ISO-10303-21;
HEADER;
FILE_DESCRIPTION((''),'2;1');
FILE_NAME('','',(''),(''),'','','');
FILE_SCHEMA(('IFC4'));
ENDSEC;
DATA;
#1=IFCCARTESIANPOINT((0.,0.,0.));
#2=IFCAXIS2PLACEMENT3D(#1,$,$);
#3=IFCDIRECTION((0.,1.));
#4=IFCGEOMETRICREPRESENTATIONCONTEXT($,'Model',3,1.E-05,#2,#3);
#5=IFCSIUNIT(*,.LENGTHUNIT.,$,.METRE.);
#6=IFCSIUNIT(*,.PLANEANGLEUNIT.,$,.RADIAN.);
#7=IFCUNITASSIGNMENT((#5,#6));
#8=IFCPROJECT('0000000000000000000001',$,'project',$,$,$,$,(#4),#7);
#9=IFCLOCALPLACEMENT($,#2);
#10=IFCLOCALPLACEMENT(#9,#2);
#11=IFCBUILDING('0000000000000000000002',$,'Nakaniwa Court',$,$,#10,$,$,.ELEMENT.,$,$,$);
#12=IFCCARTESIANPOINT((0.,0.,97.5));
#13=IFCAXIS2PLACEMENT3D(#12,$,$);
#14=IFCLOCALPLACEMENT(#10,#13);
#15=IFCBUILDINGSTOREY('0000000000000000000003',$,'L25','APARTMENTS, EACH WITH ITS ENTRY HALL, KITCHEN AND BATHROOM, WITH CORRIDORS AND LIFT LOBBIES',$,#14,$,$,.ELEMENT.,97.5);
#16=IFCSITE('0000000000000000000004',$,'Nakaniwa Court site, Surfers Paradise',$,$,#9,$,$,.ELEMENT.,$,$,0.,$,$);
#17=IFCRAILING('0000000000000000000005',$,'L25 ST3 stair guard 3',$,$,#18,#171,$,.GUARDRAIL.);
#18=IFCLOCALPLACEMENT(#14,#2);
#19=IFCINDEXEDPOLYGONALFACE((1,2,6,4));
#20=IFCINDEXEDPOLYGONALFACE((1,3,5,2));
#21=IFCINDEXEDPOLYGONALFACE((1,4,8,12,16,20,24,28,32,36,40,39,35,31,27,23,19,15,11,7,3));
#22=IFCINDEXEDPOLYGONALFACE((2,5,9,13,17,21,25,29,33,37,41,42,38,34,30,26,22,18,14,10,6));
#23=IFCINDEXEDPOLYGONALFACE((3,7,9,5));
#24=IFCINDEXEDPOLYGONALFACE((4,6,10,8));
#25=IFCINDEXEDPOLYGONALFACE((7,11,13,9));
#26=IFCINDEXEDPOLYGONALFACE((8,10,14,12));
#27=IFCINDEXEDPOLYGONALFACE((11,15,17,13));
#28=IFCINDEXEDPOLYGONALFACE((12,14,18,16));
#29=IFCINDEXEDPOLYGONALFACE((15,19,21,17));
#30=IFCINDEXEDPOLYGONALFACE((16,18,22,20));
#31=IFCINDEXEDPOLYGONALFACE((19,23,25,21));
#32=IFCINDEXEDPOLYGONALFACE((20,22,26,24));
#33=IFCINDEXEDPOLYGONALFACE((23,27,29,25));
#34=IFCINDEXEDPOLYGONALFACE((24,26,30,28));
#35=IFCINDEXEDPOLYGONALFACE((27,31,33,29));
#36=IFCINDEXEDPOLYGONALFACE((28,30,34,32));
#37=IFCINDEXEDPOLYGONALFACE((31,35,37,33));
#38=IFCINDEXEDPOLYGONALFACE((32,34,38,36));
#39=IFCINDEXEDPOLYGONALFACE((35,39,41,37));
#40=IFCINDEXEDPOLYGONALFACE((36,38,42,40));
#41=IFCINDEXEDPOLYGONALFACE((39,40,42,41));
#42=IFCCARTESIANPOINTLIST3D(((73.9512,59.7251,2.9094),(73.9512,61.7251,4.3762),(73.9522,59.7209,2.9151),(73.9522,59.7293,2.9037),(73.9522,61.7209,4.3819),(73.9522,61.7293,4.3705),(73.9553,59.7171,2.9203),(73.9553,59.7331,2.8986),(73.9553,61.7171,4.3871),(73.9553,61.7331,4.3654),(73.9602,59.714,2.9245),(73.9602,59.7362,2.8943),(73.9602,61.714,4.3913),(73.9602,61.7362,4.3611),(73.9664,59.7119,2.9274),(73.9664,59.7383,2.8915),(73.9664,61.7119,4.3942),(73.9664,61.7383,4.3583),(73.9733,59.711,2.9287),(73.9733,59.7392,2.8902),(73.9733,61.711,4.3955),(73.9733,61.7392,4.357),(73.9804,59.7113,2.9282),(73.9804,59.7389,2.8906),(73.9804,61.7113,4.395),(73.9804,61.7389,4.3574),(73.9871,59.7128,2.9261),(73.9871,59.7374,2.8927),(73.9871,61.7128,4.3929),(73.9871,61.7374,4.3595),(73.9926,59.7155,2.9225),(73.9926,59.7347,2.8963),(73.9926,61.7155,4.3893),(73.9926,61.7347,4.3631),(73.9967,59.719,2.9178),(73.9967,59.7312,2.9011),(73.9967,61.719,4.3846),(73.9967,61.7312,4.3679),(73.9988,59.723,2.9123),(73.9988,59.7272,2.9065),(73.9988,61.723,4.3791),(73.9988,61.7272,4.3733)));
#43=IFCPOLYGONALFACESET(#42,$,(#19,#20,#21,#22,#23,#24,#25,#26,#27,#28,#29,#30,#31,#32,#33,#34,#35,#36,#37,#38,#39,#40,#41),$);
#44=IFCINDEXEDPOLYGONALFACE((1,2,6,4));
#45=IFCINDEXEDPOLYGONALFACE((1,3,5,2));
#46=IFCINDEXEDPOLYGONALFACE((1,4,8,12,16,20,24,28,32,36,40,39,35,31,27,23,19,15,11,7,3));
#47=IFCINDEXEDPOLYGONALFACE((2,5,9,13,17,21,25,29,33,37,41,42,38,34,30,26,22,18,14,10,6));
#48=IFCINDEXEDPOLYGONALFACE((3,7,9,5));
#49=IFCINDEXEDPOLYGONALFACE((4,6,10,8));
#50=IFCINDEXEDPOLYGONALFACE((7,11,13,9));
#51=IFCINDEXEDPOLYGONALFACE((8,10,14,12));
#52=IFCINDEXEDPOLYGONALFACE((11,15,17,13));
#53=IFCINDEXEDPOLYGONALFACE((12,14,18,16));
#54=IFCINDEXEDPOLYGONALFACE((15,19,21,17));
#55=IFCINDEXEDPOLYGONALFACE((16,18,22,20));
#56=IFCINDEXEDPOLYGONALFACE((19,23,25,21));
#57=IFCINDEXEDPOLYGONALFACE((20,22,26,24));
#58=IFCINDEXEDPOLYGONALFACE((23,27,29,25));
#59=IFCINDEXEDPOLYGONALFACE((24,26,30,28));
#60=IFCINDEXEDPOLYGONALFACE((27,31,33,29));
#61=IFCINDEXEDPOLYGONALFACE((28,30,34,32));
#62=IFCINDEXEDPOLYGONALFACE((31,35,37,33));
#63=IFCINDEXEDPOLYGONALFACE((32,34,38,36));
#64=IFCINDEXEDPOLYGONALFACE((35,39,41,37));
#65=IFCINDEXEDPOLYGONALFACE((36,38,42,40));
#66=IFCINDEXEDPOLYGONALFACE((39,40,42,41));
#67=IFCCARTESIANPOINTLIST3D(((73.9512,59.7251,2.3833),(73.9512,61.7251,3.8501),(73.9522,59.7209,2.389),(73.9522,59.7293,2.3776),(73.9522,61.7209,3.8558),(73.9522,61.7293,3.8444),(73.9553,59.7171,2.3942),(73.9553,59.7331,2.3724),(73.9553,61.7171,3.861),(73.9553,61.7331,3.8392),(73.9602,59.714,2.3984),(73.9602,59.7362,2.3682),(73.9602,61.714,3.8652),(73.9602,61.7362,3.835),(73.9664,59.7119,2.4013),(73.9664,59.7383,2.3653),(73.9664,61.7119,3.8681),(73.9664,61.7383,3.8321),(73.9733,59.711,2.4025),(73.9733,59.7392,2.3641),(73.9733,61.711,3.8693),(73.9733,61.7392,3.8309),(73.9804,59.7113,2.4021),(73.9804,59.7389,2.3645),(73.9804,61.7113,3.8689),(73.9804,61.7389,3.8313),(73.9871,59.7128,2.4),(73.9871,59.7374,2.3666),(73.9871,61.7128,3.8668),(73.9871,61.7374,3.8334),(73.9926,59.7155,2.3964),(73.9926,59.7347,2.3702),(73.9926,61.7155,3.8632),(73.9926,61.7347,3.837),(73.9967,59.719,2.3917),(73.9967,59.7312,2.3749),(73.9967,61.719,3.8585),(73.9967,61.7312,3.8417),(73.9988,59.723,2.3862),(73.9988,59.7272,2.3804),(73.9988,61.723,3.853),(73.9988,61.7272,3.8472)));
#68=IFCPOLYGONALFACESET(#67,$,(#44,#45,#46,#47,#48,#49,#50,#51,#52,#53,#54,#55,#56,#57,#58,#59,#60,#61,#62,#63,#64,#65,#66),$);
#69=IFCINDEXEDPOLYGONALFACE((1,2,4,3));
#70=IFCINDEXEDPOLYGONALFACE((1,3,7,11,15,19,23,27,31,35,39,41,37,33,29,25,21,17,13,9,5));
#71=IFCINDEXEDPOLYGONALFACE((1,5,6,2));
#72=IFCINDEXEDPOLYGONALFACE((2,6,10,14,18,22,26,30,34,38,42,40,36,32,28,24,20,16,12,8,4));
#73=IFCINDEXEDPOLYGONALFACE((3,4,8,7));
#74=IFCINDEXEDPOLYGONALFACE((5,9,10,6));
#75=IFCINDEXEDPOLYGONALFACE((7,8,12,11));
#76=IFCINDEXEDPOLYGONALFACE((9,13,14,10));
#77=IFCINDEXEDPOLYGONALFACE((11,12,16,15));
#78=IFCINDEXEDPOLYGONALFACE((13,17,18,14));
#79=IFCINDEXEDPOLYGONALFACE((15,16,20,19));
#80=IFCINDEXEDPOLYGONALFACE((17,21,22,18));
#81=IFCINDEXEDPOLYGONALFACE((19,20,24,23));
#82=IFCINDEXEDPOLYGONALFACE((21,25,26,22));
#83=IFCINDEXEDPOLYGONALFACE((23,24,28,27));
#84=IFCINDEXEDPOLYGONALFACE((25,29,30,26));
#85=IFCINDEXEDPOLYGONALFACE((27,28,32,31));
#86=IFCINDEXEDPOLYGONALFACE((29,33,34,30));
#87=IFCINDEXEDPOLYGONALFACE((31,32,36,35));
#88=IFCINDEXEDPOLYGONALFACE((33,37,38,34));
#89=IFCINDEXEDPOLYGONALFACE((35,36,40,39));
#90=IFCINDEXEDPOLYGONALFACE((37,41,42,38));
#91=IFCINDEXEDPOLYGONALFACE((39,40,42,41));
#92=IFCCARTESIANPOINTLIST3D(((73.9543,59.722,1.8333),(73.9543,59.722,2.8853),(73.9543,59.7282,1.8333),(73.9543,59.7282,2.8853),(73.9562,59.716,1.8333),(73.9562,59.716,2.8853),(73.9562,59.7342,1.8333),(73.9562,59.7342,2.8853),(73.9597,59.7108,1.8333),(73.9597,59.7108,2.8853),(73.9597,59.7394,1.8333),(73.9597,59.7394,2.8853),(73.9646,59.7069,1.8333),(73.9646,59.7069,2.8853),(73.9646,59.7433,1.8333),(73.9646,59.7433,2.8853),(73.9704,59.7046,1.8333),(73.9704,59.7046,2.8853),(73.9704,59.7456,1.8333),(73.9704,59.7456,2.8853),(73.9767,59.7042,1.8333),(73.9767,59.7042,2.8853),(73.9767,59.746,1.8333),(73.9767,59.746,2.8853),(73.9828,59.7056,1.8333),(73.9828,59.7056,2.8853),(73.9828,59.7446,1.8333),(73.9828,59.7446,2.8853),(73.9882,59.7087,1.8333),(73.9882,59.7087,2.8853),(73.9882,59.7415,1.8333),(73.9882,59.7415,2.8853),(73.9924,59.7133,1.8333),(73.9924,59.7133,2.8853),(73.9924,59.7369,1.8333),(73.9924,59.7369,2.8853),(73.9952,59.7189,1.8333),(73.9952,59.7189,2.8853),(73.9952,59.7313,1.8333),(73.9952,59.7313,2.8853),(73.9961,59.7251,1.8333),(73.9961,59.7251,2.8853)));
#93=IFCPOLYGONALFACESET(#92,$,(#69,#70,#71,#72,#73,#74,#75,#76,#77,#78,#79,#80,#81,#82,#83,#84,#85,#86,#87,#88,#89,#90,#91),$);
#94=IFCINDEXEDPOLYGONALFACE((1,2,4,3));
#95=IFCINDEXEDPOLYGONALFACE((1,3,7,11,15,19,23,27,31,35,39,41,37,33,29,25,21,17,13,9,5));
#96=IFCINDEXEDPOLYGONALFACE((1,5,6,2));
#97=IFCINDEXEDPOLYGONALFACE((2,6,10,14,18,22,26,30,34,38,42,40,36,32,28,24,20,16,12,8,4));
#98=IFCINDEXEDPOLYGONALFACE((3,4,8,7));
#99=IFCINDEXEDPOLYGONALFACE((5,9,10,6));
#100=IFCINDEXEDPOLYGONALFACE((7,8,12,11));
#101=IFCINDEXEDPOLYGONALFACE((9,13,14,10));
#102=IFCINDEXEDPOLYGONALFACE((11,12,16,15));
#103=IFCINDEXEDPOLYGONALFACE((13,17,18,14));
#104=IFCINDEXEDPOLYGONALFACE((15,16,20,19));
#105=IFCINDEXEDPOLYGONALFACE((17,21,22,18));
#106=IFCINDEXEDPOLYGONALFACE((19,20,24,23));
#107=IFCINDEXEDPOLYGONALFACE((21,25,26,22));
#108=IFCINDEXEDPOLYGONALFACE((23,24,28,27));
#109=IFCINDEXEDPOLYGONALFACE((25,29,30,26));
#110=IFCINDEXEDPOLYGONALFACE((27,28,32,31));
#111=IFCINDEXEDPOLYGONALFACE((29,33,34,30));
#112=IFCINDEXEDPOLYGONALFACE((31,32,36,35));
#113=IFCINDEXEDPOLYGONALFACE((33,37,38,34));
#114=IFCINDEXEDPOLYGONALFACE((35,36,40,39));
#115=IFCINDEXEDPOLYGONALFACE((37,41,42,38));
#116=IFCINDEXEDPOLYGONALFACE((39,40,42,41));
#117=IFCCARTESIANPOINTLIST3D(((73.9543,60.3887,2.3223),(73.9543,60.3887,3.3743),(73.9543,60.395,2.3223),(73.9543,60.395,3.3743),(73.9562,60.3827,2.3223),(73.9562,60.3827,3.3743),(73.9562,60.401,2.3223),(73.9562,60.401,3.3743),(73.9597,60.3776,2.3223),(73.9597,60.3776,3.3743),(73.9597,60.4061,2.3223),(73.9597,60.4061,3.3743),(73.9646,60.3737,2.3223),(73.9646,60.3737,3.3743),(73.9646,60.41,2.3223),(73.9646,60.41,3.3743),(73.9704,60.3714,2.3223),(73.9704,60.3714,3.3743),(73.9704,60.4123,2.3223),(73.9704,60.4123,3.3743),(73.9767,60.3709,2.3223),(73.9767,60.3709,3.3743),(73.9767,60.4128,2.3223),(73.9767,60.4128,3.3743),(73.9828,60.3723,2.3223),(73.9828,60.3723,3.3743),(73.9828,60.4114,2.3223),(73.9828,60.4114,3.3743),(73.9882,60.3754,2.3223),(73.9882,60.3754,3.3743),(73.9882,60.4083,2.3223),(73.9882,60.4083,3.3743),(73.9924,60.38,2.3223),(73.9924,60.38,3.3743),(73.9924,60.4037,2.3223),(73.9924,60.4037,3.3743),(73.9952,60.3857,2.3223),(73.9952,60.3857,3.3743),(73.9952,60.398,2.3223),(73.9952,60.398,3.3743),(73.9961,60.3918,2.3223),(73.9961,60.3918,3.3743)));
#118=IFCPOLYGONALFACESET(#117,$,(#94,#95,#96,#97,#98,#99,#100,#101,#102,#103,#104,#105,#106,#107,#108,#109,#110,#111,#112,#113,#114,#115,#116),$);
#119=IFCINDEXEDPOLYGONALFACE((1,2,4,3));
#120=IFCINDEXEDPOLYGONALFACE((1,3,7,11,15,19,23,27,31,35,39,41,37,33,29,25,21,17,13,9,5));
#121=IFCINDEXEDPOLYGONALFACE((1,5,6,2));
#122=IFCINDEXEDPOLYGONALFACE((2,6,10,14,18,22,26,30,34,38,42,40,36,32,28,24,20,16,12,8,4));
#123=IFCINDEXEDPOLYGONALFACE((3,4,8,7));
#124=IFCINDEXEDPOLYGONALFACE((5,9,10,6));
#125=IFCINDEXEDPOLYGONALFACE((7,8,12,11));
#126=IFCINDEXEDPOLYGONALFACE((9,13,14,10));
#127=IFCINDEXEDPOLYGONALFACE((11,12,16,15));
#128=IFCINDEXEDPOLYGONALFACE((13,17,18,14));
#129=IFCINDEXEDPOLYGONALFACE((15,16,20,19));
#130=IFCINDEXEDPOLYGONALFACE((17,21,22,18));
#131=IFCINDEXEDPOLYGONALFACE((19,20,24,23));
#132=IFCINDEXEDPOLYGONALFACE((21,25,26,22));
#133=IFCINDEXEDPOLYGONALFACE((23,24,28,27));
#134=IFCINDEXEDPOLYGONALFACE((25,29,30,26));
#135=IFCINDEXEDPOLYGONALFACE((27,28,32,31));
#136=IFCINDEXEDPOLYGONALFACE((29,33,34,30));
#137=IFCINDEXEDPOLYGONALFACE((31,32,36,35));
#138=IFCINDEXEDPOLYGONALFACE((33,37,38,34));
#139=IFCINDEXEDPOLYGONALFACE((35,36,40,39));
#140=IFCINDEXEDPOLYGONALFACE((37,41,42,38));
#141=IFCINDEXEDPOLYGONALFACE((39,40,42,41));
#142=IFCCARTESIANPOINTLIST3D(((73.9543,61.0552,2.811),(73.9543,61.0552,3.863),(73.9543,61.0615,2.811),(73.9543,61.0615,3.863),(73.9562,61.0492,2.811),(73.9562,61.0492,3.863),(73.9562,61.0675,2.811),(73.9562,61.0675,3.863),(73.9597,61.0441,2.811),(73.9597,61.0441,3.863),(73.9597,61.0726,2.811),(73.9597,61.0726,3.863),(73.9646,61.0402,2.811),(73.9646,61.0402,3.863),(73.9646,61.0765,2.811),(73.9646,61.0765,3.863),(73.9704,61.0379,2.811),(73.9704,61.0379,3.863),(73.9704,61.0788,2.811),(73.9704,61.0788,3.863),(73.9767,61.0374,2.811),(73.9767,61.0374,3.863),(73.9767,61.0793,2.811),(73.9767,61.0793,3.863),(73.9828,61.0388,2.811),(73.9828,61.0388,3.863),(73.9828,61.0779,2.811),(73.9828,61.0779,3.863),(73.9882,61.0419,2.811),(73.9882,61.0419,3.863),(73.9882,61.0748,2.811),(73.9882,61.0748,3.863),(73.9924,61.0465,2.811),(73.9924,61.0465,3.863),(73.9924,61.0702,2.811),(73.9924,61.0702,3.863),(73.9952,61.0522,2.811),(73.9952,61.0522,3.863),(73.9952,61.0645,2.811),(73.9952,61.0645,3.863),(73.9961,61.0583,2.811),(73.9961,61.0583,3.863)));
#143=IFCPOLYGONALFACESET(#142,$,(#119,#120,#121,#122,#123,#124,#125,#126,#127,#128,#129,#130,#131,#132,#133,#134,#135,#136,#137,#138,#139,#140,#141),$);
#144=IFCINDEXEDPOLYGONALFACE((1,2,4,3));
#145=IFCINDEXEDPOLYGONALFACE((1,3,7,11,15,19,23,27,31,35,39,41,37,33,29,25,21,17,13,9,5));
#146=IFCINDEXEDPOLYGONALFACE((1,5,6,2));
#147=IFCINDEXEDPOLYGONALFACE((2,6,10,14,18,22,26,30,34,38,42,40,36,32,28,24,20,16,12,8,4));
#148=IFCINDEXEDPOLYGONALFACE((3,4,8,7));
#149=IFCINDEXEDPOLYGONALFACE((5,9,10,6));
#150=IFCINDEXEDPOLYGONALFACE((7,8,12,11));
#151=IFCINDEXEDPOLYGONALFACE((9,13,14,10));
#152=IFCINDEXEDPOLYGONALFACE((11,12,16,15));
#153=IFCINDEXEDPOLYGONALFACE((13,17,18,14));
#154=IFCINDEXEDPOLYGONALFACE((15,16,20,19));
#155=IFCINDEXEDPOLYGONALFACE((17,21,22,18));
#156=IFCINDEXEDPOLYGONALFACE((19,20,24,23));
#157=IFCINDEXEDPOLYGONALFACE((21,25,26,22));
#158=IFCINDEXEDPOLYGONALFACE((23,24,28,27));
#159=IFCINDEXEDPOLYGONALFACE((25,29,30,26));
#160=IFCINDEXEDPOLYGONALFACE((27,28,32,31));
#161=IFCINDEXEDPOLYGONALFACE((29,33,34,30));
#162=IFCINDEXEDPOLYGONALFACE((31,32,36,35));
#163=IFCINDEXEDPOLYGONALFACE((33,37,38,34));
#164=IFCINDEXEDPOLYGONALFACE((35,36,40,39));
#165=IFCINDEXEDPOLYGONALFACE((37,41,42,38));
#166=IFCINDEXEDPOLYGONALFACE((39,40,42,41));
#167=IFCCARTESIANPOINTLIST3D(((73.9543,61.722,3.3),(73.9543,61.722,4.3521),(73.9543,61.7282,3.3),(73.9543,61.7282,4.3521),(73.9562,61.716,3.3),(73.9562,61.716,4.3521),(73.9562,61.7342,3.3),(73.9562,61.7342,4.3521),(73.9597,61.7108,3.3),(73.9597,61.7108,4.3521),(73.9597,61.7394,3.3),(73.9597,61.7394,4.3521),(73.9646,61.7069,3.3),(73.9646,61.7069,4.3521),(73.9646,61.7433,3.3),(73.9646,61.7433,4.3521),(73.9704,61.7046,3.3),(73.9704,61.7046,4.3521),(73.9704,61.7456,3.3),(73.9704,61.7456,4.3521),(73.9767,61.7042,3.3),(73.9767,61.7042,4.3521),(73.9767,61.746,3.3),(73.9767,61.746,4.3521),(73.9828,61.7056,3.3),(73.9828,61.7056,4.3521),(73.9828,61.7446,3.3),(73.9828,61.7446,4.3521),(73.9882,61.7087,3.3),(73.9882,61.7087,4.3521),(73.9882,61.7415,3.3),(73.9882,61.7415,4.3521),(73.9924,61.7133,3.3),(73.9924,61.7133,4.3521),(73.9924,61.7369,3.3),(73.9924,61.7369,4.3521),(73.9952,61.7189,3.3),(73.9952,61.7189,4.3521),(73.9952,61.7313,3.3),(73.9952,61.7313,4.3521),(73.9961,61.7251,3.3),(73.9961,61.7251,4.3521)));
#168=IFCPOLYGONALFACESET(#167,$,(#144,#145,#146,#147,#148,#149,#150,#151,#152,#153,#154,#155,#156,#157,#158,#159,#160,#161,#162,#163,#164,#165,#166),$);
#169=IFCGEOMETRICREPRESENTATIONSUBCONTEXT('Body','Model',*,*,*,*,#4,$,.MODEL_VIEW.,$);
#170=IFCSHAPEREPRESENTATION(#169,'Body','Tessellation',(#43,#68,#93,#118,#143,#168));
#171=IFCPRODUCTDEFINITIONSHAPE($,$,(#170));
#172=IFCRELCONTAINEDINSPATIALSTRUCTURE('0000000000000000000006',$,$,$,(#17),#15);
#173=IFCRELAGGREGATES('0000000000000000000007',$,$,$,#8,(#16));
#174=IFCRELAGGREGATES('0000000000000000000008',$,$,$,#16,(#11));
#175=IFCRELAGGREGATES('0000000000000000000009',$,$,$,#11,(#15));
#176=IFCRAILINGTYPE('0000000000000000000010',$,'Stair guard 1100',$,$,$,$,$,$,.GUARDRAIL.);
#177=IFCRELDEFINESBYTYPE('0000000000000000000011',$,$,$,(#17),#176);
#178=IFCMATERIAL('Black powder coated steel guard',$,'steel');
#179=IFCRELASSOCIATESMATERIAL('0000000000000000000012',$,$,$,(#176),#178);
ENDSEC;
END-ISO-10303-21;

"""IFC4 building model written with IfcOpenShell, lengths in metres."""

from ifc_helpers import new_model, si_unit, direction, frame, origin, origin_2d, place, context, subcontext, project, spatial, circle, extrude, material, type_object, element, save


model = new_model("IFC4")

# Units and contexts
model_context = context("Model", 3, precision=1e-05, world=origin(), true_north=direction((0.0, 1.0)))
body_context = subcontext(model_context, "Body", "Model", "MODEL_VIEW")
ifc_project = project(units=[si_unit("LENGTHUNIT", "METRE"), si_unit("PLANEANGLEUNIT", "RADIAN")], contexts=[model_context])

# Site, building, storey
site_placement = place(None, origin())
site = spatial("IfcSite", under=ifc_project, at=site_placement, Name="Nakaniwa Court site, Surfers Paradise", CompositionType="ELEMENT", RefElevation=0.0)
building_placement = place(site_placement, origin())
building = spatial("IfcBuilding", under=site, at=building_placement, Name="Nakaniwa Court", CompositionType="ELEMENT")
storey_placement = place(building_placement, frame((0.0, 0.0, 97.5)))
storey = spatial("IfcBuildingStorey", under=building, at=storey_placement, Name="L25", Description="APARTMENTS, EACH WITH ITS ENTRY HALL, KITCHEN AND BATHROOM, WITH CORRIDORS AND LIFT LOBBIES", CompositionType="ELEMENT", Elevation=97.5)

# Railing
ifc_material_1 = material(Name="Black powder coated steel guard", Category="steel")
railing_type_1 = type_object("IfcRailingType", Name="Stair guard 1100", PredefinedType="GUARDRAIL", material=ifc_material_1)
railing_1_placement = place(storey_placement, frame((73.9751, 59.7251, 1.8333)))
element("IfcRailing", 1, at=railing_1_placement, inside=storey, type_object=railing_type_1, Name="L25 ST3 stair guard 3", PredefinedType="GUARDRAIL", context=body_context, shape_type="SweptSolid", body=[
    extrude(circle(Radius=0.0239, at=origin_2d()), frame((0.0, 0.0, 1.0762), z_axis=(0.0, 0.80638, 0.591398), x_axis=(-1.0, 0.0, 0.0)), (0.0, 0.0, 1.0), 2.4802),
    extrude(circle(Radius=0.0239, at=origin_2d()), frame((0.0, 0.0, 0.55), z_axis=(0.0, 0.80638, 0.591398), x_axis=(-1.0, 0.0, 0.0)), (0.0, 0.0, 1.0), 2.4802),
    extrude(circle(Radius=0.021, at=origin_2d()), origin(), (0.0, 0.0, 1.0), 1.052),
    extrude(circle(Radius=0.021, at=origin_2d()), frame((0.0, 0.6667, 0.489)), (0.0, 0.0, 1.0), 1.052),
    extrude(circle(Radius=0.021, at=origin_2d()), frame((0.0, 1.3333, 0.9778)), (0.0, 0.0, 1.0), 1.052),
    extrude(circle(Radius=0.021, at=origin_2d()), frame((0.0, 2.0, 1.4668)), (0.0, 0.0, 1.0), 1.052),
])

save(model, "model.ifc")
